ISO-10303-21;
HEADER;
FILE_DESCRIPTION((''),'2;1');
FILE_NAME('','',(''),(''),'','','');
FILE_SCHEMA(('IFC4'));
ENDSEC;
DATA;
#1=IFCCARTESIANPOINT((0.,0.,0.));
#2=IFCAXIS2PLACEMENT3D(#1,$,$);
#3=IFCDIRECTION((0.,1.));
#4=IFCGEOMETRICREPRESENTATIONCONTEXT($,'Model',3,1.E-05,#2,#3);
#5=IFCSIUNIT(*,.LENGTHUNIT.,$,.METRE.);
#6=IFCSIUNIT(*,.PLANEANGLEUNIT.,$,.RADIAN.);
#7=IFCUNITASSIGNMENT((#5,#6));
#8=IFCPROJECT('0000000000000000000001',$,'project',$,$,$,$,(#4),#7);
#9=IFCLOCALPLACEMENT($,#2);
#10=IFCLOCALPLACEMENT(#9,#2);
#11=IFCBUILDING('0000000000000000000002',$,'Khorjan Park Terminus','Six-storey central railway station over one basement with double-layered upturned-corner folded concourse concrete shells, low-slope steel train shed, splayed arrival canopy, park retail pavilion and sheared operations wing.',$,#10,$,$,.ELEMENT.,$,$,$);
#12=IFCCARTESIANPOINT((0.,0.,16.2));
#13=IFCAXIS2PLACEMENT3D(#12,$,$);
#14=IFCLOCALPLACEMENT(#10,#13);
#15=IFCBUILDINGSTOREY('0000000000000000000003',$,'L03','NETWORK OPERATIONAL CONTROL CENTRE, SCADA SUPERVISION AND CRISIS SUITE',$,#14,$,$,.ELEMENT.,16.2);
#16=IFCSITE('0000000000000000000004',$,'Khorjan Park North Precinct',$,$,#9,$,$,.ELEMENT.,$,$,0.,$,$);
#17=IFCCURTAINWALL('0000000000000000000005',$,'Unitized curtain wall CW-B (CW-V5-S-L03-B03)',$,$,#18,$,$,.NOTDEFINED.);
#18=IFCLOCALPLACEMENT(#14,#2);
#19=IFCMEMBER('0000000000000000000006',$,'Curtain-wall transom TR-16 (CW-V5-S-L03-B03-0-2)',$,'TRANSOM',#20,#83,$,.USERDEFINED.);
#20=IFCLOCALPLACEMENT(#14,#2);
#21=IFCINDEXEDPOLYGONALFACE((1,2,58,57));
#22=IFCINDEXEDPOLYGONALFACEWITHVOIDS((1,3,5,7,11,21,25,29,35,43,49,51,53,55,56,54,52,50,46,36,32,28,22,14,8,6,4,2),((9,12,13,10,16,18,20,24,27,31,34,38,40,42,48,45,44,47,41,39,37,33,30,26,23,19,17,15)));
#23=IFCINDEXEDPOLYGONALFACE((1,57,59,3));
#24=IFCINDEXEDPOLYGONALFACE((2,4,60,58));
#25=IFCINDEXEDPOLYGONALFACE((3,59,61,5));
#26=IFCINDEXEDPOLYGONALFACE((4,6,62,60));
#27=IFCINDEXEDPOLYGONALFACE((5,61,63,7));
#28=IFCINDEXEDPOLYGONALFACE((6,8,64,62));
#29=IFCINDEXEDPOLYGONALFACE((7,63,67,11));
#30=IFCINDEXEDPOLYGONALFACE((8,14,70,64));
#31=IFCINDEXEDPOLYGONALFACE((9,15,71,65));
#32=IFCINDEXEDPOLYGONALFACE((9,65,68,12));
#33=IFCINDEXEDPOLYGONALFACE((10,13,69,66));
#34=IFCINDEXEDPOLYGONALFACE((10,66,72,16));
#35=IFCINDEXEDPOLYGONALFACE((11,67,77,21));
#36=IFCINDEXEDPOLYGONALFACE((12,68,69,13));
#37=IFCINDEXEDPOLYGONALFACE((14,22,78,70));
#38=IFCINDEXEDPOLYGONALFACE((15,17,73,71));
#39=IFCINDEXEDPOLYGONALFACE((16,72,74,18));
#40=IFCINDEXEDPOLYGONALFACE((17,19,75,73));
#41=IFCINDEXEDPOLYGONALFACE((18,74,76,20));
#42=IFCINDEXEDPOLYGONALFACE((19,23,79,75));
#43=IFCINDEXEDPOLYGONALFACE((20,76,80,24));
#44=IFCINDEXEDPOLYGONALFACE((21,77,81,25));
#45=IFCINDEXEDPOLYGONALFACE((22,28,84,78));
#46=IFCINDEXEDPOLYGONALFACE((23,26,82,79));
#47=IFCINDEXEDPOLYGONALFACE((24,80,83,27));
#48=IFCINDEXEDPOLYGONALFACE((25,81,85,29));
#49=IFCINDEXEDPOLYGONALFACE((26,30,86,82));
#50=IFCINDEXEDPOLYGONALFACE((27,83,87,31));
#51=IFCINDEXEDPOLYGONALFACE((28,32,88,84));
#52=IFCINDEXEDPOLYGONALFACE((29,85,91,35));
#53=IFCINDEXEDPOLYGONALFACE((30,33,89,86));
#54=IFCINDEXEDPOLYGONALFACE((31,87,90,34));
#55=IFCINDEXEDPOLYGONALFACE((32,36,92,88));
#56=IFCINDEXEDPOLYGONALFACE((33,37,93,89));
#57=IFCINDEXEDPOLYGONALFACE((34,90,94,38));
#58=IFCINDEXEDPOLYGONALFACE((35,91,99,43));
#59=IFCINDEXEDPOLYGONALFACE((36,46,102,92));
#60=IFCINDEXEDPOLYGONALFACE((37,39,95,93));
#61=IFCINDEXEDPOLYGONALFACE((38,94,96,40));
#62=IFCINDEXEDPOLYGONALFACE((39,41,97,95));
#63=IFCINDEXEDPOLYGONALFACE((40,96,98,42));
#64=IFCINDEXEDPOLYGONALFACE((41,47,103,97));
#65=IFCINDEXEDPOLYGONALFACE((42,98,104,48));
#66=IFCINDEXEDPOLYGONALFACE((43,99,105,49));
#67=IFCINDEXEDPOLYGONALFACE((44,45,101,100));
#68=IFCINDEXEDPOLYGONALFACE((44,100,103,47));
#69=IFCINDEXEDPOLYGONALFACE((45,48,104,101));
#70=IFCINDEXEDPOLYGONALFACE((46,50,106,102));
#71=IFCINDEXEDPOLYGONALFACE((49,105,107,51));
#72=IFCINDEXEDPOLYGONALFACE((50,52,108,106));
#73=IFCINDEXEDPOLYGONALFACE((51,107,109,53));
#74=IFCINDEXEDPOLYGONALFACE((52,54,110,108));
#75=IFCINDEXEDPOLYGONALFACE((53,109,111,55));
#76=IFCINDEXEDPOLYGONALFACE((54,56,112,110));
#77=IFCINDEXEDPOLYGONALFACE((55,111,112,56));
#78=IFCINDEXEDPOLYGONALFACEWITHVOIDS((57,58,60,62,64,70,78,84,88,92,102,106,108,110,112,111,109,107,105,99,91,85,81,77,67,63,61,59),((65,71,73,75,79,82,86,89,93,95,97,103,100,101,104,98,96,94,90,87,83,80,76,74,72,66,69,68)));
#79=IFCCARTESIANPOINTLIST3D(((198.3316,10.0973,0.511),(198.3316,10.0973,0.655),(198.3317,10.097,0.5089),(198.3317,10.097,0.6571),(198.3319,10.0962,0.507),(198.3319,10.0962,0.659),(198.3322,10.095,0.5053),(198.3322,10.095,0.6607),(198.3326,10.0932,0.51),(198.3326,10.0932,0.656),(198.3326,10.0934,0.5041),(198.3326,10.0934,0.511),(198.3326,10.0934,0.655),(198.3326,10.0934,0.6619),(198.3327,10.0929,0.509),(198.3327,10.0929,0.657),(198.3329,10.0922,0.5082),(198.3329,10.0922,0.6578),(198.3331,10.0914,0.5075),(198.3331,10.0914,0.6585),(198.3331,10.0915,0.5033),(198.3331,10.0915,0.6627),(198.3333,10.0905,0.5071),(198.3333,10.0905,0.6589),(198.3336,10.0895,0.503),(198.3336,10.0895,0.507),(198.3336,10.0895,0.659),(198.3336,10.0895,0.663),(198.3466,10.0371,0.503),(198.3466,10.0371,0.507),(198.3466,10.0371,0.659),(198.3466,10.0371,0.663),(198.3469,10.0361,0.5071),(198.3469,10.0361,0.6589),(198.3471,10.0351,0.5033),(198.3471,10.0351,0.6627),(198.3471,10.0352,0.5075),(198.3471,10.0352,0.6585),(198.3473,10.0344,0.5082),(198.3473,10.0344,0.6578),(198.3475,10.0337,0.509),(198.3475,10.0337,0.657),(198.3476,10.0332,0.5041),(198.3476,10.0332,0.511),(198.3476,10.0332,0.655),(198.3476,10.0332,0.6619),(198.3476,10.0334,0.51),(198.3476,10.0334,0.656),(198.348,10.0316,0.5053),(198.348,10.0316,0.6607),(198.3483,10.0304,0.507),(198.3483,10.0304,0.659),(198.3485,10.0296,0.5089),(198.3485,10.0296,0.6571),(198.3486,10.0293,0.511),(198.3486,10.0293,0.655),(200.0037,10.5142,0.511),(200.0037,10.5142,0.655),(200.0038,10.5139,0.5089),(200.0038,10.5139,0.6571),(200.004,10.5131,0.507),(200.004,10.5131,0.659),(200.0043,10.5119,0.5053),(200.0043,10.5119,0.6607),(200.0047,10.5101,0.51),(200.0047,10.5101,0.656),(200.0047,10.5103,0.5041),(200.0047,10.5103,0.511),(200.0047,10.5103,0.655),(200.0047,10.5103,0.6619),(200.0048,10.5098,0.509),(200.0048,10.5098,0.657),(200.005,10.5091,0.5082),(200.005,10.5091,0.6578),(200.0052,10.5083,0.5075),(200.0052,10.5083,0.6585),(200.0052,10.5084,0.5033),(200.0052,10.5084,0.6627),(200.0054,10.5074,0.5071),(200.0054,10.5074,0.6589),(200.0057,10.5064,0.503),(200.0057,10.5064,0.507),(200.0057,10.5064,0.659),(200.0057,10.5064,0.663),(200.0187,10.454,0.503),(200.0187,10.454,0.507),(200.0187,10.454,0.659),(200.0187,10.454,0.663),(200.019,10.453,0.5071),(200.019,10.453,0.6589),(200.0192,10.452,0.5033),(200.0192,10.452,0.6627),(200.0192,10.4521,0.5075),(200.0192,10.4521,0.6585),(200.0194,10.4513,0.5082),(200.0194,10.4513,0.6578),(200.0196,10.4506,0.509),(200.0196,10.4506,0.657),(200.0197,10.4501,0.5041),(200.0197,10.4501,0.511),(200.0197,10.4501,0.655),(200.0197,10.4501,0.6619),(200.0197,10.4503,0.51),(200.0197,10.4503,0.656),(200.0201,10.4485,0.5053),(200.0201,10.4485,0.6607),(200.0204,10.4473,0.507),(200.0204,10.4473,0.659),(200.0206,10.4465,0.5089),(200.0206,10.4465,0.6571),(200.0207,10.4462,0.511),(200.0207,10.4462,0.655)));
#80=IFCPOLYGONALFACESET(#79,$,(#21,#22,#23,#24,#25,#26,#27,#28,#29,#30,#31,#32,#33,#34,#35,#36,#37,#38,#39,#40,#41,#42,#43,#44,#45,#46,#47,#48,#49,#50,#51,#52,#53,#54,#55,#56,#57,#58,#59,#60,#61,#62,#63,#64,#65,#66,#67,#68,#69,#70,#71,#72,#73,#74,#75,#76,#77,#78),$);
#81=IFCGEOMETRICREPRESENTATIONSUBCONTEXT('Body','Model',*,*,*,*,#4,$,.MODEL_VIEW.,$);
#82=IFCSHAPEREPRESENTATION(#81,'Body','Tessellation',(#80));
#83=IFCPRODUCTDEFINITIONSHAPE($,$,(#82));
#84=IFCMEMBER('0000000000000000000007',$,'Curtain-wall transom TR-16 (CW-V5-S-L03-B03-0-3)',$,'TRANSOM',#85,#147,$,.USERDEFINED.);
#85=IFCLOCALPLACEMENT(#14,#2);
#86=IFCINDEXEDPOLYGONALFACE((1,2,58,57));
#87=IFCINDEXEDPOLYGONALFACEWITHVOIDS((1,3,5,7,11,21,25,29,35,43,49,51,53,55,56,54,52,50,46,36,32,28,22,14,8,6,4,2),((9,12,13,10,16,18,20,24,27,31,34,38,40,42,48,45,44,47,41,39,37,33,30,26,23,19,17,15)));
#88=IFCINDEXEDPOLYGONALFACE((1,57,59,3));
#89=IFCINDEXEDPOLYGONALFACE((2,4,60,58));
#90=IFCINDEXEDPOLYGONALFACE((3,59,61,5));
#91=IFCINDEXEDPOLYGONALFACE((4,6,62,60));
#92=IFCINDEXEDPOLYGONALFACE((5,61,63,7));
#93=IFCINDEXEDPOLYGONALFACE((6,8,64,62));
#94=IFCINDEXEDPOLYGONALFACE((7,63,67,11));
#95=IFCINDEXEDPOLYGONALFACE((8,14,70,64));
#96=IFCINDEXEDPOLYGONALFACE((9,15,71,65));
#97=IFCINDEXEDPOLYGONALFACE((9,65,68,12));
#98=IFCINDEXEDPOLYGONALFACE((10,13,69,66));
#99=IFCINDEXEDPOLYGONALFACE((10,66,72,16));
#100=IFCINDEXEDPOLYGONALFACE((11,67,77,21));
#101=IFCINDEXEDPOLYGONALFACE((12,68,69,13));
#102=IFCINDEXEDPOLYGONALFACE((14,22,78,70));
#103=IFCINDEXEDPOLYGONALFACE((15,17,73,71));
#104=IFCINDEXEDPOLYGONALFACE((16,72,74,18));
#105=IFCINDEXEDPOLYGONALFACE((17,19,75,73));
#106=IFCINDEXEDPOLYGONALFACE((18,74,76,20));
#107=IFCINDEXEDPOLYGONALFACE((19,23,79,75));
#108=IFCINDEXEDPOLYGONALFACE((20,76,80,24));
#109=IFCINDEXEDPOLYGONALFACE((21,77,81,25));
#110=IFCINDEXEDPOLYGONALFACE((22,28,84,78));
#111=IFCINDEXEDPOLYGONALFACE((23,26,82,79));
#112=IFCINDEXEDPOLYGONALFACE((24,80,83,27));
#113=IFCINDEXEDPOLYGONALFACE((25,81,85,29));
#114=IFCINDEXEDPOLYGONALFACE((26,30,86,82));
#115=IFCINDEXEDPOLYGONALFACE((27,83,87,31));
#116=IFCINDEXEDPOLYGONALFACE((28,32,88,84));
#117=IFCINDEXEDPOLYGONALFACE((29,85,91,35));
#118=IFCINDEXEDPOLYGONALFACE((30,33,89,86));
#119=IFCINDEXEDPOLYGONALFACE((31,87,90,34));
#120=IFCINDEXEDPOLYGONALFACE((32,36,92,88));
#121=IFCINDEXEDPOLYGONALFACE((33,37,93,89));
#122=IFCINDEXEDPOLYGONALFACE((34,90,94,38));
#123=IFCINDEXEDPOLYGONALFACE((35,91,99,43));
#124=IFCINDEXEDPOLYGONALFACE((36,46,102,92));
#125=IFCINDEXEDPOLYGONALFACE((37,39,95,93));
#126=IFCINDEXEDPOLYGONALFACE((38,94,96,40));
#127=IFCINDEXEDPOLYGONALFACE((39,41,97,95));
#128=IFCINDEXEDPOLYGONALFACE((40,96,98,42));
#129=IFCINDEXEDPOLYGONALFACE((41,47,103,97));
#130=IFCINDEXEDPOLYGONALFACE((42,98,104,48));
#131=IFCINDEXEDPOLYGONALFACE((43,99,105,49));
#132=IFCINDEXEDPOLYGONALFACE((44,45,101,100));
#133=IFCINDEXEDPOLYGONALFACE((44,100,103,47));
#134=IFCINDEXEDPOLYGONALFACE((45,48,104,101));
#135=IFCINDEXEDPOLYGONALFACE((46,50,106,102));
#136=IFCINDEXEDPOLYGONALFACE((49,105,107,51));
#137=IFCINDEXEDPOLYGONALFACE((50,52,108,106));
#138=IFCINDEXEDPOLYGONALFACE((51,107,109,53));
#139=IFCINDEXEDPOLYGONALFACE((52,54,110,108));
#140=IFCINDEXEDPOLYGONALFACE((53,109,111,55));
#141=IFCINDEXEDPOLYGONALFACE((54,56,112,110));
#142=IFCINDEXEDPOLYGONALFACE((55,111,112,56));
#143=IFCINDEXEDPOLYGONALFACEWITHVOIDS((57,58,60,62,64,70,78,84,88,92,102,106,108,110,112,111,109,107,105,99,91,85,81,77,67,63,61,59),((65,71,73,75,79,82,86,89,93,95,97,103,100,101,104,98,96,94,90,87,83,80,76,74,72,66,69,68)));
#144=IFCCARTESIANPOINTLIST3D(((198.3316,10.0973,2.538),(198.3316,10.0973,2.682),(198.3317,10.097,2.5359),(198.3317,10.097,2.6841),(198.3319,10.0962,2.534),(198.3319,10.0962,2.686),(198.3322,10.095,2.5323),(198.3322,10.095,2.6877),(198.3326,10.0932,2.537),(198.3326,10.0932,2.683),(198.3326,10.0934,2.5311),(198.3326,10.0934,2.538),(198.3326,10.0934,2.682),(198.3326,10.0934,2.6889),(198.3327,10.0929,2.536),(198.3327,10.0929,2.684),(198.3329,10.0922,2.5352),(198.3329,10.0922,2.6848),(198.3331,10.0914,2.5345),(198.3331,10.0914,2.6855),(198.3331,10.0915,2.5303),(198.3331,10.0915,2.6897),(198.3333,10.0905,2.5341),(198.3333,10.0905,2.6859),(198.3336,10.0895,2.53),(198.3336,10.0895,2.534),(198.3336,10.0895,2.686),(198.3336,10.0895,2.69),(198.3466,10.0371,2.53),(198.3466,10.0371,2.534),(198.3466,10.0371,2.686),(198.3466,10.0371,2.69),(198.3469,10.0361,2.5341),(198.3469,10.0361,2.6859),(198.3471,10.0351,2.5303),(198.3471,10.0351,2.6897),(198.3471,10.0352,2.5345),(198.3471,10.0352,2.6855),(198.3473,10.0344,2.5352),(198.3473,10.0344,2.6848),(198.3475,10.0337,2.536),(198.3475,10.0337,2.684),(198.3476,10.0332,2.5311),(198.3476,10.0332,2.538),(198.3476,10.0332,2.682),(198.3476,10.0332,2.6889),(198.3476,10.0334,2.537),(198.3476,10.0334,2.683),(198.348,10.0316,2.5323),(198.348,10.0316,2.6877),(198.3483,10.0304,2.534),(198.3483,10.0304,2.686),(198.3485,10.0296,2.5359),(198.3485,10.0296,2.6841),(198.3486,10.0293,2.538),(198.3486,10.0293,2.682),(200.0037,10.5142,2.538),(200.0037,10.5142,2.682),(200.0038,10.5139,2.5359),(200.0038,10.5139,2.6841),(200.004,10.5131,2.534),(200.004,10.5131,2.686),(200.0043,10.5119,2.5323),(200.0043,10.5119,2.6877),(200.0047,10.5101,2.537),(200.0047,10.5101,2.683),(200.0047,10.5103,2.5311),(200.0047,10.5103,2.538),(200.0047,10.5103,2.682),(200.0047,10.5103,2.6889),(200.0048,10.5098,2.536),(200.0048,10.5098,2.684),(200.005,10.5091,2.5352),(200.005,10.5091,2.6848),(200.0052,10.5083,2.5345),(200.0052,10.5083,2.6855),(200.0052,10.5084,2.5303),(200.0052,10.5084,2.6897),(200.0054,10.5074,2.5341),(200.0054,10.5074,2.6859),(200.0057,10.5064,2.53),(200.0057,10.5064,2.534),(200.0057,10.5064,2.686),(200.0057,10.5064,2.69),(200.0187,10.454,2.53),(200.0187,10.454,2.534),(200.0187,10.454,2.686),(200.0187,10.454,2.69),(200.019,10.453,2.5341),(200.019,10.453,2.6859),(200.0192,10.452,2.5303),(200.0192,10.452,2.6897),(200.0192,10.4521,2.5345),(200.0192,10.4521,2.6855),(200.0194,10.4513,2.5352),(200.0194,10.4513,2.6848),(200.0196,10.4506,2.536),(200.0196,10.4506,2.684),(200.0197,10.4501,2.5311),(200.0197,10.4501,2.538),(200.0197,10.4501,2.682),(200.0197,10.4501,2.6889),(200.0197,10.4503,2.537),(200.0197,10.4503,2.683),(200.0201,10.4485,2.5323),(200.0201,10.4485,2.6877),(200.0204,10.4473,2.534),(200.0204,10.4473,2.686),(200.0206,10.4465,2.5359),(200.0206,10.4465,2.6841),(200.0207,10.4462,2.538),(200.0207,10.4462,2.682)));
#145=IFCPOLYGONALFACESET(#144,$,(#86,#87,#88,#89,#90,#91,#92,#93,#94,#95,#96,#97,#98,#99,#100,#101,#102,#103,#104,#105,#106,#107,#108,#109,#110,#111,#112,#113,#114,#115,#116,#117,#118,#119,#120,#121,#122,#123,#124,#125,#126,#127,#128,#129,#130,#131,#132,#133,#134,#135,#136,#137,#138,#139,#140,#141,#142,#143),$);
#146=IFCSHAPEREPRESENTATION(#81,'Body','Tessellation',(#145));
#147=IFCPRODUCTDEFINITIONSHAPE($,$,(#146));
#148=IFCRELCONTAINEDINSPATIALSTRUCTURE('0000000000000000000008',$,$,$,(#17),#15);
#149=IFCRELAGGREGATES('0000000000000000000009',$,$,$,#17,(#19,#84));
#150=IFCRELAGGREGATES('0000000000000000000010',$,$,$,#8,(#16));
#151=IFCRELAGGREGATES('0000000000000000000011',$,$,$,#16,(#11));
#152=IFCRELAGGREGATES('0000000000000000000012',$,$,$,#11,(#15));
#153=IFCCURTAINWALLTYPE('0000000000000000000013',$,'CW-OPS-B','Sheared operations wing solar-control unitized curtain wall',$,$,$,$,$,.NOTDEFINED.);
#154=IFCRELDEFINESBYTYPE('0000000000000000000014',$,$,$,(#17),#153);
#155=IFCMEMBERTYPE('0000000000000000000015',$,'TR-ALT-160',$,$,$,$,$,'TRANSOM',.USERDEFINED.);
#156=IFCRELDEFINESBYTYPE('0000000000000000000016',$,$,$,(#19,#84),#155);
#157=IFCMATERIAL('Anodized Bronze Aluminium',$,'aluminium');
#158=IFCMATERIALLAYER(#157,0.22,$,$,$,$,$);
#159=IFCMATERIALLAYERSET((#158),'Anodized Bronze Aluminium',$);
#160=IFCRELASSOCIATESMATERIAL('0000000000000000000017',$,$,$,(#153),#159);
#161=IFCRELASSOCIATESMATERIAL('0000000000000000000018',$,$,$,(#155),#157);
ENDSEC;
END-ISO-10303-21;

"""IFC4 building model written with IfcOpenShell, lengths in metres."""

from ifc_helpers import new_model, si_unit, direction, frame, origin, origin_2d, place, context, subcontext, project, spatial, hollow_rectangle, extrude, material, layer, layer_set, material_profile, profile_set, type_object, element, aggregate, save


model = new_model("IFC4")

# Units and contexts
model_context = context("Model", 3, precision=1e-05, world=origin(), true_north=direction((0.0, 1.0)))
body_context = subcontext(model_context, "Body", "Model", "MODEL_VIEW")
ifc_project = project(units=[si_unit("LENGTHUNIT", "METRE"), si_unit("PLANEANGLEUNIT", "RADIAN")], contexts=[model_context])

# Site, building, storey
site_placement = place(None, origin())
site = spatial("IfcSite", under=ifc_project, at=site_placement, Name="Khorjan Park North Precinct", CompositionType="ELEMENT", RefElevation=0.0)
building_placement = place(site_placement, origin())
building = spatial("IfcBuilding", under=site, at=building_placement, Name="Khorjan Park Terminus", Description="Six-storey central railway station over one basement with double-layered upturned-corner folded concourse concrete shells, low-slope steel train shed, splayed arrival canopy, park retail pavilion and sheared operations wing.", CompositionType="ELEMENT")
storey_placement = place(building_placement, frame((0.0, 0.0, 16.2)))
storey = spatial("IfcBuildingStorey", under=building, at=storey_placement, Name="L03", Description="NETWORK OPERATIONAL CONTROL CENTRE, SCADA SUPERVISION AND CRISIS SUITE", CompositionType="ELEMENT", Elevation=16.2)

# Curtain wall, members
ifc_material_1 = material(Name="Anodized Bronze Aluminium", Category="aluminium")
ifc_layer_1 = layer(ifc_material_1, 0.22)
ifc_layer_set_1 = layer_set([ifc_layer_1], Name="Anodized Bronze Aluminium")
curtain_wall_type = type_object("IfcCurtainWallType", Name="CW-OPS-B", Description="Sheared operations wing solar-control unitized curtain wall", PredefinedType="NOTDEFINED", material=ifc_layer_set_1)
curtain_wall_placement = place(storey_placement, origin())
curtain_wall = element("IfcCurtainWall", 1, at=curtain_wall_placement, inside=storey, type_object=curtain_wall_type, Name="Unitized curtain wall CW-B (CW-V5-S-L03-B03)", PredefinedType="NOTDEFINED")
ifc_material_profile_1 = material_profile(ifc_material_1, hollow_rectangle(XDim=0.07, YDim=0.16, WallThickness=0.004, InnerFilletRadius=0.004, OuterFilletRadius=0.008, at=origin_2d()), Name="ALT 70x160x4")
ifc_profile_set_1 = profile_set([ifc_material_profile_1], Name="Anodized Bronze Aluminium")
member_type_1 = type_object("IfcMemberType", Name="TR-ALT-160", ElementType="TRANSOM", PredefinedType="USERDEFINED", material=ifc_profile_set_1)
member_1_placement = place(storey_placement, frame((198.3401, 10.0633, 0.583), z_axis=(0.970296, 0.241921, 0.0), x_axis=(-0.241921, 0.970296, 0.0)))
member_1 = element("IfcMember", 2, at=member_1_placement, type_object=member_type_1, Name="Curtain-wall transom TR-16 (CW-V5-S-L03-B03-0-2)", ObjectType="TRANSOM", PredefinedType="USERDEFINED", context=body_context, shape_type="SweptSolid", body=[
    extrude(hollow_rectangle(XDim=0.07, YDim=0.16, WallThickness=0.004, InnerFilletRadius=0.004, OuterFilletRadius=0.008, at=origin_2d()), origin(), (0.0, 0.0, 1.0), 1.7233),
])
member_2_placement = place(storey_placement, frame((198.3401, 10.0633, 2.61), z_axis=(0.970296, 0.241921, 0.0), x_axis=(-0.241921, 0.970296, 0.0)))
member_2 = element("IfcMember", 3, at=member_2_placement, type_object=member_type_1, Name="Curtain-wall transom TR-16 (CW-V5-S-L03-B03-0-3)", ObjectType="TRANSOM", PredefinedType="USERDEFINED", context=body_context, shape_type="SweptSolid", body=[
    extrude(hollow_rectangle(XDim=0.07, YDim=0.16, WallThickness=0.004, InnerFilletRadius=0.004, OuterFilletRadius=0.008, at=origin_2d()), origin(), (0.0, 0.0, 1.0), 1.7233),
])
aggregate(curtain_wall, [member_1, member_2])

save(model, "model.ifc")
